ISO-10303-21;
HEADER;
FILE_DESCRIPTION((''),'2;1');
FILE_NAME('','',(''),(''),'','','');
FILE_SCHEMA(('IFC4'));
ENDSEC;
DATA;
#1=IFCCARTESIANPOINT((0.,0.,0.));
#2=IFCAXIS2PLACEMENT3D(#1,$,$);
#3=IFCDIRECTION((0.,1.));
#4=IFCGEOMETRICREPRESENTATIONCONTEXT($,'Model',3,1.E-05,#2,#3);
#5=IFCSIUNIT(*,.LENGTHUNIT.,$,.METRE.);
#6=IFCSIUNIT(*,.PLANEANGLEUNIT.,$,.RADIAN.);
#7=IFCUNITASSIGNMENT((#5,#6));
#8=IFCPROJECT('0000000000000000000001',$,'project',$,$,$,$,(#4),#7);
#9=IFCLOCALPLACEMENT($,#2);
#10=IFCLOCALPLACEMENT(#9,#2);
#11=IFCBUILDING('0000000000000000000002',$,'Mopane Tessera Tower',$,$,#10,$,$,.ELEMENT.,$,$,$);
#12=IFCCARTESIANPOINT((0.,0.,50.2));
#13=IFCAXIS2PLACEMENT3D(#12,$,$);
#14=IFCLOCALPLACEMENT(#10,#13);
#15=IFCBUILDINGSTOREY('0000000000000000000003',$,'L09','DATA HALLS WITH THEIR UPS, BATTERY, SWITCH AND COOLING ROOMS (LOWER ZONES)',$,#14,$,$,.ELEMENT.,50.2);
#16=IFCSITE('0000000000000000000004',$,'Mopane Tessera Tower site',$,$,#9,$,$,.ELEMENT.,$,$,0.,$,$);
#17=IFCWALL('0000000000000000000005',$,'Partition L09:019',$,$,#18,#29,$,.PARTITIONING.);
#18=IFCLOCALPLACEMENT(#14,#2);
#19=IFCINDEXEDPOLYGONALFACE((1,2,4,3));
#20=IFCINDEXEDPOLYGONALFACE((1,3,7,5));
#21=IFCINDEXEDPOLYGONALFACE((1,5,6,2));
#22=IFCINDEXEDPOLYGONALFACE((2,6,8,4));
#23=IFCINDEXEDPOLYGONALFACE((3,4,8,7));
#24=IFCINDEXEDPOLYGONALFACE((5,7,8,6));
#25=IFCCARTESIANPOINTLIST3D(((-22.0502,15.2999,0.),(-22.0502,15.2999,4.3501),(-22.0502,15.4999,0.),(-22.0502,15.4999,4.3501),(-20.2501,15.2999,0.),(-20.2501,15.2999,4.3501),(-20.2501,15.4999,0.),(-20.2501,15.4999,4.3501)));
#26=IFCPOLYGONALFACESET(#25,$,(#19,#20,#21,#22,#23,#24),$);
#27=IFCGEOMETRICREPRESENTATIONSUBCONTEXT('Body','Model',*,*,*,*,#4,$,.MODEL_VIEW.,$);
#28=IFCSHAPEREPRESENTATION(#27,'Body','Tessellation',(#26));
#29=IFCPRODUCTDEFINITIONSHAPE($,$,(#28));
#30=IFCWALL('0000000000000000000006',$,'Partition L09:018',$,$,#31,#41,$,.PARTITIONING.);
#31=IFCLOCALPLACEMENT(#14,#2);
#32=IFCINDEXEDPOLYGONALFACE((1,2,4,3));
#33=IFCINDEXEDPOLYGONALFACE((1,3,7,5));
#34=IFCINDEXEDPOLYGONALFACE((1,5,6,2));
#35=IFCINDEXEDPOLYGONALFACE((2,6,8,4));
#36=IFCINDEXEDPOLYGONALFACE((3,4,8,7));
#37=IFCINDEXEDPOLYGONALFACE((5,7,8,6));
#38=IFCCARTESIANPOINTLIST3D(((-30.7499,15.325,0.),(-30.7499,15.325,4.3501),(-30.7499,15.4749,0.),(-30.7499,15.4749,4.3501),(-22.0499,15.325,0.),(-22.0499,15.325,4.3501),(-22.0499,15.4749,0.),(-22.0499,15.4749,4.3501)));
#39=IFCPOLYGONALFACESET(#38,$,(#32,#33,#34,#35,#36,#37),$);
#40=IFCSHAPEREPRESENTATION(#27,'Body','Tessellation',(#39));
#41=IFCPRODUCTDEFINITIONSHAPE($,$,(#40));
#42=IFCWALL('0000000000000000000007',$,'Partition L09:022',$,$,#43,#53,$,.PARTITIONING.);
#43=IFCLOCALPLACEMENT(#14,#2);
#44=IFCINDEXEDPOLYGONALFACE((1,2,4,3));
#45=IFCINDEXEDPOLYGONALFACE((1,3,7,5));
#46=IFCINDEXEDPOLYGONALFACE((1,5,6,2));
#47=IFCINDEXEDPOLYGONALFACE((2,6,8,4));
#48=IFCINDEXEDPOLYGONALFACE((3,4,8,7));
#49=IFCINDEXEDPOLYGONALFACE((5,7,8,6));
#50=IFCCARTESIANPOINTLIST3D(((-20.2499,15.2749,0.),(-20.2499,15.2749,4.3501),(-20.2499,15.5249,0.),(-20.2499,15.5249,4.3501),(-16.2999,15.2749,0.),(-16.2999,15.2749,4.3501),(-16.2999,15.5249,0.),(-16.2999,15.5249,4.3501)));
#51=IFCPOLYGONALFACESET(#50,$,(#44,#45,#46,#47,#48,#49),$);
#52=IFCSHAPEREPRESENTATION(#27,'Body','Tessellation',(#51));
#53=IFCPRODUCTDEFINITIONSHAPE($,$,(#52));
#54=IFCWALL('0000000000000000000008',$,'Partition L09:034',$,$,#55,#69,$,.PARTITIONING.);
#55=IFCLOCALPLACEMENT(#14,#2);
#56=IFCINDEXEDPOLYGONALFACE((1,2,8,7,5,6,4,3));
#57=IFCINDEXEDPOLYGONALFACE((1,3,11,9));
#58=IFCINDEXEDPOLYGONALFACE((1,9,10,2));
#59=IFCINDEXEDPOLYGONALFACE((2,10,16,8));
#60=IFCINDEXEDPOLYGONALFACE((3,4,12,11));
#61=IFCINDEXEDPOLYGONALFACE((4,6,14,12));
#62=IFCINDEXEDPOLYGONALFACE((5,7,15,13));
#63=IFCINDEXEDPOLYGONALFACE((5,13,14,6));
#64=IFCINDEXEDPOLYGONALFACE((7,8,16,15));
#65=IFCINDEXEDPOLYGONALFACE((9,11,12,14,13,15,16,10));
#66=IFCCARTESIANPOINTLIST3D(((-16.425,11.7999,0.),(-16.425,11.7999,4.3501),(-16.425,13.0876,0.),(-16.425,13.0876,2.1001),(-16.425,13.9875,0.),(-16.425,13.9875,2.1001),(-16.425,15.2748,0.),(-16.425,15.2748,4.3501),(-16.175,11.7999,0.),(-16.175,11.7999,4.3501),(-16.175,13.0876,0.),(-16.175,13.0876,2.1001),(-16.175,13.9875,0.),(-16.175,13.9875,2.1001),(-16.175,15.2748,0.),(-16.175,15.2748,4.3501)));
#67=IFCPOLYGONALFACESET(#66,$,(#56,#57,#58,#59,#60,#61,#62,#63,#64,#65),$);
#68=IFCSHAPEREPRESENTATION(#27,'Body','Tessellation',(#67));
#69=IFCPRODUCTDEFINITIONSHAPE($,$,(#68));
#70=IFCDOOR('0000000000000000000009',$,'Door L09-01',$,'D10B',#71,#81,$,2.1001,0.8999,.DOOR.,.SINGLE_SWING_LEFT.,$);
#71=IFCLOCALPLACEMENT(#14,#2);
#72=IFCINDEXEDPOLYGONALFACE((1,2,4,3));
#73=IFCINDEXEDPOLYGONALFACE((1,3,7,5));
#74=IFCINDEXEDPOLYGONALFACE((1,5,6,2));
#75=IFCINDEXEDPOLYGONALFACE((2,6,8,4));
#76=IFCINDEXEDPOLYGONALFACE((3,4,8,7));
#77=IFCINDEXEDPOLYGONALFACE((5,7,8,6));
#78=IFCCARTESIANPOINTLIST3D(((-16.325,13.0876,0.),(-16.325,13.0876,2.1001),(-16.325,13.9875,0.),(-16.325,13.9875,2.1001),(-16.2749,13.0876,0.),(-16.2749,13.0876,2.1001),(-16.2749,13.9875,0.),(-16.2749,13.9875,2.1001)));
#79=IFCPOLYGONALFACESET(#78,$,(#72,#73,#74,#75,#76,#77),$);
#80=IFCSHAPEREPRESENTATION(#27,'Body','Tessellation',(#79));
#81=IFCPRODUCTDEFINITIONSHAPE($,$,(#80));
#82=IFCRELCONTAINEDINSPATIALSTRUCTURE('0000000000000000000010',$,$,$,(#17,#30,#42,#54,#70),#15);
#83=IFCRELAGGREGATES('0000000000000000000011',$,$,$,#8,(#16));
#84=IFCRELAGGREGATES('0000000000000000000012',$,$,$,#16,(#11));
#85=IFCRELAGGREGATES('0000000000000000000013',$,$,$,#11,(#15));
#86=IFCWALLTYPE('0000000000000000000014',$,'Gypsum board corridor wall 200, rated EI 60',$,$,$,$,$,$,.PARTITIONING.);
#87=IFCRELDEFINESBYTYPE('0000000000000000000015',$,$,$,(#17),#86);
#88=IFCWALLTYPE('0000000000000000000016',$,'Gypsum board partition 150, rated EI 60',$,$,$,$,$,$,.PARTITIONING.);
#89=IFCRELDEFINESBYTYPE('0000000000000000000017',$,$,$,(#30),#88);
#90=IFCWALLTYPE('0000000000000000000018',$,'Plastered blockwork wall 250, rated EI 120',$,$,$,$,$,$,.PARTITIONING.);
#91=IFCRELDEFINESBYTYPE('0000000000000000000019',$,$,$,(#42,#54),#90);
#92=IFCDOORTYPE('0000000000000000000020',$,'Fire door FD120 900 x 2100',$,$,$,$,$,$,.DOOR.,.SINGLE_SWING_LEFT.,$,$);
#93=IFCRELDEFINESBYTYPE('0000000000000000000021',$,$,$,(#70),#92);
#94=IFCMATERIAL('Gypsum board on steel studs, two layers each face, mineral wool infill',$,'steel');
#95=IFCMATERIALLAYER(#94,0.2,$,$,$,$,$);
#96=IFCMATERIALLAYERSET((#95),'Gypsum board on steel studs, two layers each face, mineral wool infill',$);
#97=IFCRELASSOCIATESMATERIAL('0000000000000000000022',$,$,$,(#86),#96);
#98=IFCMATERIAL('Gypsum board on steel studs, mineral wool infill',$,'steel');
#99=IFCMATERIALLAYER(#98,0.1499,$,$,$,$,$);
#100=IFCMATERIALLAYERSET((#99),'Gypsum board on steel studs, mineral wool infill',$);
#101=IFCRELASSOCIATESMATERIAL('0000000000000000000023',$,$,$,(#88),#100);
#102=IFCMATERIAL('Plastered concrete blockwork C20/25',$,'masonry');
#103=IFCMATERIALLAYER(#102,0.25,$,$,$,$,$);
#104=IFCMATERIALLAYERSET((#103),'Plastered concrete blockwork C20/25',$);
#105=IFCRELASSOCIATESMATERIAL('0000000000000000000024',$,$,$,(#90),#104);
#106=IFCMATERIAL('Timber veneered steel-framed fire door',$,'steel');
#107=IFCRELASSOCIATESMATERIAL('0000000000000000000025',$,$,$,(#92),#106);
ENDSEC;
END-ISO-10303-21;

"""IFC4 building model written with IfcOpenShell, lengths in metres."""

from ifc_helpers import new_model, si_unit, direction, frame, frame_2d, origin, place, context, subcontext, project, spatial, rectangle, extrude, material, layer, layer_set, type_object, element, fill, save


model = new_model("IFC4")

# Units and contexts
model_context = context("Model", 3, precision=1e-05, world=origin(), true_north=direction((0.0, 1.0)))
body_context = subcontext(model_context, "Body", "Model", "MODEL_VIEW")
ifc_project = project(units=[si_unit("LENGTHUNIT", "METRE"), si_unit("PLANEANGLEUNIT", "RADIAN")], contexts=[model_context])

# Site, building, storey
site_placement = place(None, origin())
site = spatial("IfcSite", under=ifc_project, at=site_placement, Name="Mopane Tessera Tower site", CompositionType="ELEMENT", RefElevation=0.0)
building_placement = place(site_placement, origin())
building = spatial("IfcBuilding", under=site, at=building_placement, Name="Mopane Tessera Tower", CompositionType="ELEMENT")
storey_placement = place(building_placement, frame((0.0, 0.0, 50.2)))
storey = spatial("IfcBuildingStorey", under=building, at=storey_placement, Name="L09", Description="DATA HALLS WITH THEIR UPS, BATTERY, SWITCH AND COOLING ROOMS (LOWER ZONES)", CompositionType="ELEMENT", Elevation=50.2)

# Walls
ifc_material_1 = material(Name="Gypsum board on steel studs, two layers each face, mineral wool infill", Category="steel")
ifc_layer_1 = layer(ifc_material_1, 0.2)
ifc_layer_set_1 = layer_set([ifc_layer_1], Name="Gypsum board on steel studs, two layers each face, mineral wool infill")
wall_type_1 = type_object("IfcWallType", Name="Gypsum board corridor wall 200, rated EI 60", PredefinedType="PARTITIONING", material=ifc_layer_set_1)
wall_1_placement = place(storey_placement, frame((-22.05, 15.3999, 0.0), z_axis=(0.0, 0.0, 1.0), x_axis=(1.0, 0.0, 0.0)))
element("IfcWall", 1, at=wall_1_placement, inside=storey, type_object=wall_type_1, Name="Partition L09:019", PredefinedType="PARTITIONING", context=body_context, shape_type="SweptSolid", body=[
    extrude(rectangle(XDim=1.8, YDim=0.2, at=frame_2d((0.8999, 0.0))), origin(), (0.0, 0.0, 1.0), 4.3501),
])
ifc_material_2 = material(Name="Gypsum board on steel studs, mineral wool infill", Category="steel")
ifc_layer_2 = layer(ifc_material_2, 0.1499)
ifc_layer_set_2 = layer_set([ifc_layer_2], Name="Gypsum board on steel studs, mineral wool infill")
wall_type_2 = type_object("IfcWallType", Name="Gypsum board partition 150, rated EI 60", PredefinedType="PARTITIONING", material=ifc_layer_set_2)
wall_2_placement = place(storey_placement, frame((-30.75, 15.3999, 0.0), z_axis=(0.0, 0.0, 1.0), x_axis=(1.0, 0.0, 0.0)))
element("IfcWall", 2, at=wall_2_placement, inside=storey, type_object=wall_type_2, Name="Partition L09:018", PredefinedType="PARTITIONING", context=body_context, shape_type="SweptSolid", body=[
    extrude(rectangle(XDim=8.7, YDim=0.1499, at=frame_2d((4.3501, 0.0))), origin(), (0.0, 0.0, 1.0), 4.3501),
])
ifc_material_3 = material(Name="Plastered concrete blockwork C20/25", Category="masonry")
ifc_layer_3 = layer(ifc_material_3, 0.25)
ifc_layer_set_3 = layer_set([ifc_layer_3], Name="Plastered concrete blockwork C20/25")
wall_type_3 = type_object("IfcWallType", Name="Plastered blockwork wall 250, rated EI 120", PredefinedType="PARTITIONING", material=ifc_layer_set_3)
wall_3_placement = place(storey_placement, frame((-20.25, 15.3999, 0.0), z_axis=(0.0, 0.0, 1.0), x_axis=(1.0, 0.0, 0.0)))
element("IfcWall", 3, at=wall_3_placement, inside=storey, type_object=wall_type_3, Name="Partition L09:022", PredefinedType="PARTITIONING", context=body_context, shape_type="SweptSolid", body=[
    extrude(rectangle(XDim=3.95, YDim=0.25, at=frame_2d((1.9751, 0.0))), origin(), (0.0, 0.0, 1.0), 4.3501),
])

# Wall, opening, door
wall_4_placement = place(storey_placement, frame((-16.3, 11.8, 0.0), z_axis=(0.0, 0.0, 1.0), x_axis=(0.0, 1.0, 0.0)))
wall_4 = element("IfcWall", 4, at=wall_4_placement, inside=storey, type_object=wall_type_3, Name="Partition L09:034", PredefinedType="PARTITIONING", context=body_context, shape_type="SweptSolid", body=[
    extrude(rectangle(XDim=3.4749, YDim=0.25, at=frame_2d((1.7373, 0.0))), origin(), (0.0, 0.0, 1.0), 4.3501),
])
opening_placement = place(wall_4_placement, frame((1.2876, 0.0, 0.0)))
opening = element("IfcOpeningElement", 5, at=opening_placement, cuts=wall_4, PredefinedType="OPENING", context=body_context, shape_type="SweptSolid", body=[
    extrude(rectangle(XDim=0.8999, YDim=2.1001, at=frame_2d((0.45, 1.05))), frame((0.0, 0.137, 0.0), z_axis=(0.0, -1.0, 0.0), x_axis=(1.0, 0.0, 0.0)), (0.0, 0.0, 1.0), 0.2739),
])
ifc_material_4 = material(Name="Timber veneered steel-framed fire door", Category="steel")
door_type = type_object("IfcDoorType", Name="Fire door FD120 900 x 2100", OperationType="SINGLE_SWING_LEFT", PredefinedType="DOOR", material=ifc_material_4)
door_placement = place(opening_placement, origin())
door = element("IfcDoor", 6, at=door_placement, inside=storey, type_object=door_type, Name="Door L09-01", ObjectType="D10B", OperationType="SINGLE_SWING_LEFT", OverallHeight=2.1001, OverallWidth=0.8999, PredefinedType="DOOR", context=body_context, shape_type="SweptSolid", body=[
    extrude(rectangle(XDim=0.8999, YDim=2.1001, at=frame_2d((0.45, 1.05))), frame((0.0, 0.0249, 0.0), z_axis=(0.0, -1.0, 0.0), x_axis=(1.0, 0.0, 0.0)), (0.0, 0.0, 1.0), 0.05),
])
fill(opening, door)

save(model, "model.ifc")
